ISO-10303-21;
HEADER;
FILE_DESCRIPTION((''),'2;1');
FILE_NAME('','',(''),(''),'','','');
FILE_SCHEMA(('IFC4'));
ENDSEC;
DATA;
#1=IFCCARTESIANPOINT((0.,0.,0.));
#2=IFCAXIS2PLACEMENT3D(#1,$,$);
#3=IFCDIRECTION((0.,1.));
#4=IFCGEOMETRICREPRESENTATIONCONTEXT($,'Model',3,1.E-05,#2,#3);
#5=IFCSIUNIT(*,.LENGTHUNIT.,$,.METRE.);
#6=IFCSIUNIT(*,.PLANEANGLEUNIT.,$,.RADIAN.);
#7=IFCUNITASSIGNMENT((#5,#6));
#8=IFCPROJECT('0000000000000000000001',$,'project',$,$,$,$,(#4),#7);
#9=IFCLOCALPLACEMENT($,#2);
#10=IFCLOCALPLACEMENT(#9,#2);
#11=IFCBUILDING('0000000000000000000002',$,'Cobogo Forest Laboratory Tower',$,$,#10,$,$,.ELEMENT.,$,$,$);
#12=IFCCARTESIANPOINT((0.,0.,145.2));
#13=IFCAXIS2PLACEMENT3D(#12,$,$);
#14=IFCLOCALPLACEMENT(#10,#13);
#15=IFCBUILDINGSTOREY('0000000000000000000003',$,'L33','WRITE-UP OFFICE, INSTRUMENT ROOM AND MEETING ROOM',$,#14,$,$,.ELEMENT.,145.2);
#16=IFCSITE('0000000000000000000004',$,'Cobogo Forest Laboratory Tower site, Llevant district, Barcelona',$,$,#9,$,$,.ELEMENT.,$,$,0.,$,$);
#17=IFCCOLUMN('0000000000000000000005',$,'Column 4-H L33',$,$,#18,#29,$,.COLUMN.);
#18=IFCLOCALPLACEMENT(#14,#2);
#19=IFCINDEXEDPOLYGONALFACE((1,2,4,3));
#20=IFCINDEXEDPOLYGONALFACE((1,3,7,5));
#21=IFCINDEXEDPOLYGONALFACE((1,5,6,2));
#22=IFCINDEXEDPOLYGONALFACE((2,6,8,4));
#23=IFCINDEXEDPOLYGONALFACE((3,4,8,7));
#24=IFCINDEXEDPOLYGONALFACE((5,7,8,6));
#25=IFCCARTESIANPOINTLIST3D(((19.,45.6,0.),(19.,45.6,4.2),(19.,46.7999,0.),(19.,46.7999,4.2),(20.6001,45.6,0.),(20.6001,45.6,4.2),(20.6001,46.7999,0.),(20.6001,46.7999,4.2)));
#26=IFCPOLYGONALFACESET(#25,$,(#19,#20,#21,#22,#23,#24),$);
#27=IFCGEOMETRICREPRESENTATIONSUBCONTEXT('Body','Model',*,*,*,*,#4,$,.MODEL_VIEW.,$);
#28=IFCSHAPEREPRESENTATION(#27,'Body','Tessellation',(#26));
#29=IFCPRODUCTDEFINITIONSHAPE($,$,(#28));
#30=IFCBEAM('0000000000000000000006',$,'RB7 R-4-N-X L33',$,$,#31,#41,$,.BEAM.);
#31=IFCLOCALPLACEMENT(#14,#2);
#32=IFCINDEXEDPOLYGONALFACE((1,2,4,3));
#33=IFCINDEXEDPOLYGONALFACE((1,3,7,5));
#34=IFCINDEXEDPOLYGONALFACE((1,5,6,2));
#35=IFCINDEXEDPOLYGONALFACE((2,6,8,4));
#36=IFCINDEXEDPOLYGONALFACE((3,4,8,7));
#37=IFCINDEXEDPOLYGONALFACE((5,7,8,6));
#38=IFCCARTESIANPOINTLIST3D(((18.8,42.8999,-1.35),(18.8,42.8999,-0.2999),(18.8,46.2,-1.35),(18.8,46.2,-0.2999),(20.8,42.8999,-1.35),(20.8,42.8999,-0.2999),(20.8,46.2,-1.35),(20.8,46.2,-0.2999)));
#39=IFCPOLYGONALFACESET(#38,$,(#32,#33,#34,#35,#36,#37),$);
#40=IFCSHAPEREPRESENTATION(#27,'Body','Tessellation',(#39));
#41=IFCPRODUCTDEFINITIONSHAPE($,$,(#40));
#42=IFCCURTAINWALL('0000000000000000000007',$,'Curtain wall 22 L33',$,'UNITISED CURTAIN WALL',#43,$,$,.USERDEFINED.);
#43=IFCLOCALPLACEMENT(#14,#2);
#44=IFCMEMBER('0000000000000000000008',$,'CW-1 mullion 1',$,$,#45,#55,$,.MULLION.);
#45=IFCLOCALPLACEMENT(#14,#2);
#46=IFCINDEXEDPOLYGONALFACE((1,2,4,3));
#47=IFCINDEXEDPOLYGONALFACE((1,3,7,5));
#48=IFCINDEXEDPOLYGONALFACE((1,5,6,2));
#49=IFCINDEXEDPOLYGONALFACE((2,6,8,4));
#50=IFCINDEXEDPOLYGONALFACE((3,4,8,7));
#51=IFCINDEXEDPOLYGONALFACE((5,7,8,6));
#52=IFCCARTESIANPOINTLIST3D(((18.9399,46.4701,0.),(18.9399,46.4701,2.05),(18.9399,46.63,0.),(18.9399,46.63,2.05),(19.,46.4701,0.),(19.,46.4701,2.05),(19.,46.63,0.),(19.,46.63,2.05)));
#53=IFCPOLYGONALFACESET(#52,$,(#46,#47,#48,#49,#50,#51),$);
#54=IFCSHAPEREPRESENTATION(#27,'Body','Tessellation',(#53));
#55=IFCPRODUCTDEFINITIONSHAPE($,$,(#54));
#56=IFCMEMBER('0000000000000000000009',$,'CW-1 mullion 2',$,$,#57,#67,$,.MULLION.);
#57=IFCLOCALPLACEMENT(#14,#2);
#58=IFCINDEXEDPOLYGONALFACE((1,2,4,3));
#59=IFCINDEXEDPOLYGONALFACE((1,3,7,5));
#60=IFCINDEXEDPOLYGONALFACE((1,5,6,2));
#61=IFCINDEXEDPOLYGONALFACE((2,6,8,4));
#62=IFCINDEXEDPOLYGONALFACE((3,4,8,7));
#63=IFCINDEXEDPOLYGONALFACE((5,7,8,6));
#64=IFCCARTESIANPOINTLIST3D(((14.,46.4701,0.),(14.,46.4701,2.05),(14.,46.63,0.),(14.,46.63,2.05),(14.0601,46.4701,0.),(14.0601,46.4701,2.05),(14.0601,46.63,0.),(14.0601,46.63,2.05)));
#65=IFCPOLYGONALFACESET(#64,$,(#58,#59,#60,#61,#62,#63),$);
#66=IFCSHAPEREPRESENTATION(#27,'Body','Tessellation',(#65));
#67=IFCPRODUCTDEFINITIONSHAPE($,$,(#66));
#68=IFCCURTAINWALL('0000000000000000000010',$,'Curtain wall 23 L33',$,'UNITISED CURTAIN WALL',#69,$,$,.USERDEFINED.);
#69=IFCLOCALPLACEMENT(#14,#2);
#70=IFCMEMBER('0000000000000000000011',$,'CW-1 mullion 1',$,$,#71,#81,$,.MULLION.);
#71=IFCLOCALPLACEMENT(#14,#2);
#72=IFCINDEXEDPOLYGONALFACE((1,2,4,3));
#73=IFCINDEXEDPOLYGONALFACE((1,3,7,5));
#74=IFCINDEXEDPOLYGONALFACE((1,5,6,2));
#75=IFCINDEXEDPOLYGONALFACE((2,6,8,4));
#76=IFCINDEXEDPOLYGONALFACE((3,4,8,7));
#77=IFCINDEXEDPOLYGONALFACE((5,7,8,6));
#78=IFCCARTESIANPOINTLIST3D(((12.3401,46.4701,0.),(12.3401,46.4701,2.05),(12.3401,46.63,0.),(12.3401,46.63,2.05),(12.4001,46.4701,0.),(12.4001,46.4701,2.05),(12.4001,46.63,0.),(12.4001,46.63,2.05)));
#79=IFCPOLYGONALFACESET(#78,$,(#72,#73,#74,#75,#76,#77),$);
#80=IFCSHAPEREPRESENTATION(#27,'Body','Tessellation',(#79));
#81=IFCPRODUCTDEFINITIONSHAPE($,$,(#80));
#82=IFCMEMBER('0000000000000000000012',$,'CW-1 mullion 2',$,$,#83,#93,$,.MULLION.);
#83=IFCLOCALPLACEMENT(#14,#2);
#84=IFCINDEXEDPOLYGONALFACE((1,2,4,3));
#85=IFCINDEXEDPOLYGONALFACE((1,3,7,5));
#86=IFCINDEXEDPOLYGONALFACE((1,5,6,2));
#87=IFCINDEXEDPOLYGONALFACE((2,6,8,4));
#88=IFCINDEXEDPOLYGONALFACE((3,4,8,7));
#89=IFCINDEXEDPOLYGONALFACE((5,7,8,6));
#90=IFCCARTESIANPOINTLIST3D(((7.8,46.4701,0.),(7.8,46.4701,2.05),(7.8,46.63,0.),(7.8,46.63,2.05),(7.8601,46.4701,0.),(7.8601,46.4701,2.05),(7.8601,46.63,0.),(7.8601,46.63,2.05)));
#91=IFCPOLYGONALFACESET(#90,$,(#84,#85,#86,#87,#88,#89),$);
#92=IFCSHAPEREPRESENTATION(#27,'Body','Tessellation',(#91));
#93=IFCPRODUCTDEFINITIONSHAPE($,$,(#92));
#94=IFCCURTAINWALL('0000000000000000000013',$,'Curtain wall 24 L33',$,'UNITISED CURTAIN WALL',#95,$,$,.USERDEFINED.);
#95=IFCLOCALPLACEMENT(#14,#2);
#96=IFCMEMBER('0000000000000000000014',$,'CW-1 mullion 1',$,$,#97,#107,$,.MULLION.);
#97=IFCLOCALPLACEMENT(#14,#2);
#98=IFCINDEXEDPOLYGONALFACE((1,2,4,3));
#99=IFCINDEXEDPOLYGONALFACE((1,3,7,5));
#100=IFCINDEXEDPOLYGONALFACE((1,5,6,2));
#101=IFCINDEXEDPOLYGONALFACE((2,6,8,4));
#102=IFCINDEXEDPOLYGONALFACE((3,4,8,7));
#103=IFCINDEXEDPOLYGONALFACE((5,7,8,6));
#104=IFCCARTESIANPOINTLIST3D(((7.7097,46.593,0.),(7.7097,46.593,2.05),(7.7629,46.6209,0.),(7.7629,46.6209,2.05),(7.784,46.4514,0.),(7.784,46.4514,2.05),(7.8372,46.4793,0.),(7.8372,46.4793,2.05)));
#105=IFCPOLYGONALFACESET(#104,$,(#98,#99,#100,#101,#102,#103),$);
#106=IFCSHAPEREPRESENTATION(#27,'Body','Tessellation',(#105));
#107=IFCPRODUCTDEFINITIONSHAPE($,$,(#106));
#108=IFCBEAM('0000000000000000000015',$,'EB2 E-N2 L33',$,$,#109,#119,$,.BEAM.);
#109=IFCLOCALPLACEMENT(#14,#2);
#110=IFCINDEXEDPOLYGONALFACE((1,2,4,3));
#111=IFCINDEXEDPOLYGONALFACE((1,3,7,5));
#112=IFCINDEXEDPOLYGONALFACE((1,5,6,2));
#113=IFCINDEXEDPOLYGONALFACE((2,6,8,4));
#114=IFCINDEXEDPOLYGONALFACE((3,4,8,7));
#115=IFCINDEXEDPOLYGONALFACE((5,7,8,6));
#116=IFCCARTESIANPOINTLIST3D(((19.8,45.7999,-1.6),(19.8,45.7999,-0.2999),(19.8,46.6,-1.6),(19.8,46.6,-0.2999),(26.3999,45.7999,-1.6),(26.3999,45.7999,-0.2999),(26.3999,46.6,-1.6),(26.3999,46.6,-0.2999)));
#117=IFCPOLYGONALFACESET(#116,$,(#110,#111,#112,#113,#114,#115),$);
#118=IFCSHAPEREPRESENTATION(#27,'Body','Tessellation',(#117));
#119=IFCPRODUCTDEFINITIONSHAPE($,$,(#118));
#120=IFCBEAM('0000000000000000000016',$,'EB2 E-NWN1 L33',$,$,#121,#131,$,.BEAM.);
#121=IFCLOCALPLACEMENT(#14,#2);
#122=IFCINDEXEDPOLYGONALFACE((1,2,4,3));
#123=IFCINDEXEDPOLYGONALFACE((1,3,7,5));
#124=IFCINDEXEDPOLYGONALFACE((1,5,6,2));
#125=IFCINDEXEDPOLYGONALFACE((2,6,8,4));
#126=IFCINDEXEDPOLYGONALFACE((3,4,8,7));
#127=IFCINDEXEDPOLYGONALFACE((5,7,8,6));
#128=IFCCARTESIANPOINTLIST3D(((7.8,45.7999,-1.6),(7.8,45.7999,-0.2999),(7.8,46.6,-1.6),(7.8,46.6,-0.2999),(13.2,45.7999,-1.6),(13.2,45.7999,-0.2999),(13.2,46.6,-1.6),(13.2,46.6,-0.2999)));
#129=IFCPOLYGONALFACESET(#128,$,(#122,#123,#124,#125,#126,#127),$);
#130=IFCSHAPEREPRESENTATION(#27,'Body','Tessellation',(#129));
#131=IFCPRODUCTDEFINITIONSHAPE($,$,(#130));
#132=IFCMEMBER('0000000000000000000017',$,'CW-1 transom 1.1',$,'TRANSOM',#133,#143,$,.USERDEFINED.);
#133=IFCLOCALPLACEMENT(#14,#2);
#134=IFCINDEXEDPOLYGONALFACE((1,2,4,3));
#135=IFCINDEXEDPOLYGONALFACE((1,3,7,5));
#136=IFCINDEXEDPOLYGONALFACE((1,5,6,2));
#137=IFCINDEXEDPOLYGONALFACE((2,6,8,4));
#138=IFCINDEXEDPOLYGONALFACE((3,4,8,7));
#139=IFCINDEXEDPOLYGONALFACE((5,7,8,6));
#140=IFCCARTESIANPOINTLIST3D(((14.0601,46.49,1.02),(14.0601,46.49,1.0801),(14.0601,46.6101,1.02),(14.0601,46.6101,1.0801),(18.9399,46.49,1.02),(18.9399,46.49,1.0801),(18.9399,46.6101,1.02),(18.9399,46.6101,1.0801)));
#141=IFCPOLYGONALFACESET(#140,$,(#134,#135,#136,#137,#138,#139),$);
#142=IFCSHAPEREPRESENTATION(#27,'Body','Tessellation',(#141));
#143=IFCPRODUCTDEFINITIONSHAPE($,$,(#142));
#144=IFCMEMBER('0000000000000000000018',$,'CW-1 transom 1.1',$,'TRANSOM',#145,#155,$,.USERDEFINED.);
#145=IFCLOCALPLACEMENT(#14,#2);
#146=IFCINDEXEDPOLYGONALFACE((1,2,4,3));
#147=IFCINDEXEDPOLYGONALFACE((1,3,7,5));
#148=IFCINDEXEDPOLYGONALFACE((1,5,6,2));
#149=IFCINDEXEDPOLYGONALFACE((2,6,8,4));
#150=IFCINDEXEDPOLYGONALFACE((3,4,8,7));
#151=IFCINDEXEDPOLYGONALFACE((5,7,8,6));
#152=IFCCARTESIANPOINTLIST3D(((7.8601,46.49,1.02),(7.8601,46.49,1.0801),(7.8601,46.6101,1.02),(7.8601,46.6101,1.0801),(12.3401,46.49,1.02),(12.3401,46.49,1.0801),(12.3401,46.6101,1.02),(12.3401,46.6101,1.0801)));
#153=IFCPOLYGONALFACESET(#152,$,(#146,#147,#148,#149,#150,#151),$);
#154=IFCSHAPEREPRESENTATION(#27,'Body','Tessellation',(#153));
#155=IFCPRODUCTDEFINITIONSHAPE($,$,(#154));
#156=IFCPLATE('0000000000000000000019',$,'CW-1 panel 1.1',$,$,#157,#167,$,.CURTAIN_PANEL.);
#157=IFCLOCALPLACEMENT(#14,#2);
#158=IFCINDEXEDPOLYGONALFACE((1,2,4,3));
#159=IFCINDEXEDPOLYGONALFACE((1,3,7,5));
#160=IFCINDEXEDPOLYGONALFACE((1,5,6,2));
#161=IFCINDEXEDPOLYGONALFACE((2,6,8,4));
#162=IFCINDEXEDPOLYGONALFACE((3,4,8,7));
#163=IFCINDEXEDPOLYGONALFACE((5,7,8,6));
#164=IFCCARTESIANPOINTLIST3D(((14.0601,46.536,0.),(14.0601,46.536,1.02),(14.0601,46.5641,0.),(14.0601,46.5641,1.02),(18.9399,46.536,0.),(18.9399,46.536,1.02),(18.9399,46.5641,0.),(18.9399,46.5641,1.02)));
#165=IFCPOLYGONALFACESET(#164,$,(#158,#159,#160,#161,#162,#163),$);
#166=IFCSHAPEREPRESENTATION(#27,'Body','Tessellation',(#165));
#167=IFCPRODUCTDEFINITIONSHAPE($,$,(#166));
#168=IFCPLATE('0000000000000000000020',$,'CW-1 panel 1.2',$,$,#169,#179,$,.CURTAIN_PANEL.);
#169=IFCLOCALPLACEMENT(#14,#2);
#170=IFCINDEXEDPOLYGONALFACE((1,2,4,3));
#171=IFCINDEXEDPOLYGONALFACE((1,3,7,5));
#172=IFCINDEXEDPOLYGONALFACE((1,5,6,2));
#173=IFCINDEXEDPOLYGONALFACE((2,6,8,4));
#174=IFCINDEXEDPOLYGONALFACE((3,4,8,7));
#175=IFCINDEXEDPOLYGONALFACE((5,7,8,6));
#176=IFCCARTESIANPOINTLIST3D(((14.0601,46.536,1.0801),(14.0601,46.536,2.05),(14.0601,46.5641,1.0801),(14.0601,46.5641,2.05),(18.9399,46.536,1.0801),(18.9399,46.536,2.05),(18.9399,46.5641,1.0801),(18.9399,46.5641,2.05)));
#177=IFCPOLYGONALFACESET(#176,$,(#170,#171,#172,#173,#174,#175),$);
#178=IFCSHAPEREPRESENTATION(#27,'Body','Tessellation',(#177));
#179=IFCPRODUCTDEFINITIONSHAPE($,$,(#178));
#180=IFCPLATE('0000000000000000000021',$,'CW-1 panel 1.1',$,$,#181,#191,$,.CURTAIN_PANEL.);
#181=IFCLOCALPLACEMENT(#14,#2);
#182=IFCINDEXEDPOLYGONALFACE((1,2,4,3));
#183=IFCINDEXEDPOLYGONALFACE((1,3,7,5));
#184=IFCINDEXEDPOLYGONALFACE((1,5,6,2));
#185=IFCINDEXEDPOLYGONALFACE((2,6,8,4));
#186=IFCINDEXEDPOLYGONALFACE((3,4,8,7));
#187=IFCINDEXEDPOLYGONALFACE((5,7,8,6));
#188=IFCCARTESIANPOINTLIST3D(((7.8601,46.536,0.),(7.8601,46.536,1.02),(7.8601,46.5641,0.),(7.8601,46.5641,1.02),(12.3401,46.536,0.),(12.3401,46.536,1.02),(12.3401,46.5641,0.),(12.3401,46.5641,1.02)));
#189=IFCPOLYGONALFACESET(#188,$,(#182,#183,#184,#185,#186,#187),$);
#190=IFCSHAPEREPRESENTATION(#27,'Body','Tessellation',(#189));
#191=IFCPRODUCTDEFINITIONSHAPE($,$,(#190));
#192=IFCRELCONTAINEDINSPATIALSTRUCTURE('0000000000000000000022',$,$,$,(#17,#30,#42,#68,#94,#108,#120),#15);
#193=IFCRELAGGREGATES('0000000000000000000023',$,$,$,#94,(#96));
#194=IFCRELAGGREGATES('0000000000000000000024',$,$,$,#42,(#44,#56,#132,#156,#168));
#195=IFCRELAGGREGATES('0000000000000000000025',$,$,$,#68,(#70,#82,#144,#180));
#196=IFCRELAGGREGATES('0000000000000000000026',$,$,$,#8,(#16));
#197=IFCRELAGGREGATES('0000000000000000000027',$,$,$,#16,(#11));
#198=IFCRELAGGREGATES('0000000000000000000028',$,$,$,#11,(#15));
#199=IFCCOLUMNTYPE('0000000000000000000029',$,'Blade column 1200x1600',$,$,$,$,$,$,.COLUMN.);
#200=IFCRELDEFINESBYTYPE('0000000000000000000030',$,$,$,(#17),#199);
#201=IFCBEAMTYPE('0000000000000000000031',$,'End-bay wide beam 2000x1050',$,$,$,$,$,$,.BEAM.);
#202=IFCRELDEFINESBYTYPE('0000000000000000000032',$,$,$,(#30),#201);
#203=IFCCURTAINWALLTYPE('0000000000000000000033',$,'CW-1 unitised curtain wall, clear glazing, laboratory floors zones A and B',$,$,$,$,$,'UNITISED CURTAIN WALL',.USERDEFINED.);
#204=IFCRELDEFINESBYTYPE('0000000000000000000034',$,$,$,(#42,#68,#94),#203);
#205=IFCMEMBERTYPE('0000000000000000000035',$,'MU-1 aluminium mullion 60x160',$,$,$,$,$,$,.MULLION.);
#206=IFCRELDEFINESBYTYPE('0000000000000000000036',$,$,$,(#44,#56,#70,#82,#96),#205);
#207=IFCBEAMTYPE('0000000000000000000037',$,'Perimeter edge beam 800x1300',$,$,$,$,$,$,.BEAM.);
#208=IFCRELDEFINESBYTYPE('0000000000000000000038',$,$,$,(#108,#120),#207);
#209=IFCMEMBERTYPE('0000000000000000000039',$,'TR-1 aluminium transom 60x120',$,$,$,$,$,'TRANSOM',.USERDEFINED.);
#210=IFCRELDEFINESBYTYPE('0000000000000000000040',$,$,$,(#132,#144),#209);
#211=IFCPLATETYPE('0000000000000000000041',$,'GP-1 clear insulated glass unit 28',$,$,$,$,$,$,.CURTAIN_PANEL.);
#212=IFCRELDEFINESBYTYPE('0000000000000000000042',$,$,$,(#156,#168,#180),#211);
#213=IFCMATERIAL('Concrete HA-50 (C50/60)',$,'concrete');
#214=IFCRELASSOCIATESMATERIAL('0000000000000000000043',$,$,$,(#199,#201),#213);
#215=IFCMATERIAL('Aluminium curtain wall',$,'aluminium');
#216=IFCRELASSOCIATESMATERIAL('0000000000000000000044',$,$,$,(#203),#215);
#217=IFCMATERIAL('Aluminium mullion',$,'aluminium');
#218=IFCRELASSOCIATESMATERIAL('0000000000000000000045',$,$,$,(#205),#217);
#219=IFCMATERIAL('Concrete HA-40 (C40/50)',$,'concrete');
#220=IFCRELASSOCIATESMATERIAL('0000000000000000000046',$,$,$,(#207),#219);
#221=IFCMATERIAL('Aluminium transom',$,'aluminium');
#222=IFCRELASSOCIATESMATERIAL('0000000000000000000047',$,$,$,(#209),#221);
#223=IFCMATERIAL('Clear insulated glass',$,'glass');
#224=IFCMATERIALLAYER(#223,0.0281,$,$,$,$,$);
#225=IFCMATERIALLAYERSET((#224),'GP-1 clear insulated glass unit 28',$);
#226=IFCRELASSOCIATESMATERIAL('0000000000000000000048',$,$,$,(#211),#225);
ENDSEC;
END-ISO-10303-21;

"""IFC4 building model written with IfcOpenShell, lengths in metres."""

from ifc_helpers import new_model, si_unit, direction, frame, origin, origin_2d, place, context, subcontext, project, spatial, rectangle, extrude, material, layer, layer_set, material_profile, profile_set, type_object, element, aggregate, save


model = new_model("IFC4")

# Units and contexts
model_context = context("Model", 3, precision=1e-05, world=origin(), true_north=direction((0.0, 1.0)))
body_context = subcontext(model_context, "Body", "Model", "MODEL_VIEW")
ifc_project = project(units=[si_unit("LENGTHUNIT", "METRE"), si_unit("PLANEANGLEUNIT", "RADIAN")], contexts=[model_context])

# Site, building, storey
site_placement = place(None, origin())
site = spatial("IfcSite", under=ifc_project, at=site_placement, Name="Cobogo Forest Laboratory Tower site, Llevant district, Barcelona", CompositionType="ELEMENT", RefElevation=0.0)
building_placement = place(site_placement, origin())
building = spatial("IfcBuilding", under=site, at=building_placement, Name="Cobogo Forest Laboratory Tower", CompositionType="ELEMENT")
storey_placement = place(building_placement, frame((0.0, 0.0, 145.2)))
storey = spatial("IfcBuildingStorey", under=building, at=storey_placement, Name="L33", Description="WRITE-UP OFFICE, INSTRUMENT ROOM AND MEETING ROOM", CompositionType="ELEMENT", Elevation=145.2)

# Column
ifc_material_1 = material(Name="Concrete HA-50 (C50/60)", Category="concrete")
ifc_material_profile_1 = material_profile(ifc_material_1, rectangle(XDim=1.6001, YDim=1.2, at=origin_2d()), Name="RC 1200x1600")
ifc_profile_set_1 = profile_set([ifc_material_profile_1], Name="Concrete HA-50 (C50/60)")
column_type = type_object("IfcColumnType", Name="Blade column 1200x1600", PredefinedType="COLUMN", material=ifc_profile_set_1)
column_placement = place(storey_placement, frame((19.8, 46.2, 0.0), z_axis=(0.0, 0.0, 1.0), x_axis=(1.0, 0.0, 0.0)))
element("IfcColumn", 1, at=column_placement, inside=storey, type_object=column_type, Name="Column 4-H L33", PredefinedType="COLUMN", context=body_context, shape_type="SweptSolid", body=[
    extrude(rectangle(XDim=1.6001, YDim=1.2, at=origin_2d()), origin(), (0.0, 0.0, 1.0), 4.2),
])

# Beam
ifc_material_profile_2 = material_profile(ifc_material_1, rectangle(XDim=2.0, YDim=1.05, at=origin_2d()), Name="RC 2000x1050")
ifc_profile_set_2 = profile_set([ifc_material_profile_2], Name="Concrete HA-50 (C50/60)")
beam_type_1 = type_object("IfcBeamType", Name="End-bay wide beam 2000x1050", PredefinedType="BEAM", material=ifc_profile_set_2)
beam_1_placement = place(storey_placement, frame((19.8, 46.2, -0.825), z_axis=(0.0, -1.0, 0.0), x_axis=(1.0, 0.0, 0.0)))
element("IfcBeam", 2, at=beam_1_placement, inside=storey, type_object=beam_type_1, Name="RB7 R-4-N-X L33", PredefinedType="BEAM", context=body_context, shape_type="SweptSolid", body=[
    extrude(rectangle(XDim=2.0, YDim=1.05, at=origin_2d()), origin(), (0.0, 0.0, 1.0), 3.3),
])

# Curtain walls, members
ifc_material_2 = material(Name="Aluminium curtain wall", Category="aluminium")
curtain_wall_type = type_object("IfcCurtainWallType", Name="CW-1 unitised curtain wall, clear glazing, laboratory floors zones A and B", ElementType="UNITISED CURTAIN WALL", PredefinedType="USERDEFINED", material=ifc_material_2)
curtain_wall_1_placement = place(storey_placement, origin())
curtain_wall_1 = element("IfcCurtainWall", 3, at=curtain_wall_1_placement, inside=storey, type_object=curtain_wall_type, Name="Curtain wall 22 L33", ObjectType="UNITISED CURTAIN WALL", PredefinedType="USERDEFINED")
ifc_material_3 = material(Name="Aluminium mullion", Category="aluminium")
ifc_material_profile_3 = material_profile(ifc_material_3, rectangle(XDim=0.0601, YDim=0.1599, at=origin_2d()), Name="AL 60x160")
ifc_profile_set_3 = profile_set([ifc_material_profile_3], Name="Aluminium mullion")
member_type_1 = type_object("IfcMemberType", Name="MU-1 aluminium mullion 60x160", PredefinedType="MULLION", material=ifc_profile_set_3)
member_1_placement = place(storey_placement, frame((18.97, 46.55, 0.0), z_axis=(0.0, 0.0, 1.0), x_axis=(-1.0, 0.0, 0.0)))
member_1 = element("IfcMember", 4, at=member_1_placement, type_object=member_type_1, Name="CW-1 mullion 1", PredefinedType="MULLION", context=body_context, shape_type="SweptSolid", body=[
    extrude(rectangle(XDim=0.0601, YDim=0.1599, at=origin_2d()), origin(), (0.0, 0.0, 1.0), 2.05),
])
member_2_placement = place(storey_placement, frame((14.03, 46.55, 0.0), z_axis=(0.0, 0.0, 1.0), x_axis=(-1.0, 0.0, 0.0)))
member_2 = element("IfcMember", 5, at=member_2_placement, type_object=member_type_1, Name="CW-1 mullion 2", PredefinedType="MULLION", context=body_context, shape_type="SweptSolid", body=[
    extrude(rectangle(XDim=0.0601, YDim=0.1599, at=origin_2d()), origin(), (0.0, 0.0, 1.0), 2.05),
])
curtain_wall_2_placement = place(storey_placement, origin())
curtain_wall_2 = element("IfcCurtainWall", 6, at=curtain_wall_2_placement, inside=storey, type_object=curtain_wall_type, Name="Curtain wall 23 L33", ObjectType="UNITISED CURTAIN WALL", PredefinedType="USERDEFINED")
member_3_placement = place(storey_placement, frame((12.3701, 46.55, 0.0), z_axis=(0.0, 0.0, 1.0), x_axis=(-1.0, 0.0, 0.0)))
member_3 = element("IfcMember", 7, at=member_3_placement, type_object=member_type_1, Name="CW-1 mullion 1", PredefinedType="MULLION", context=body_context, shape_type="SweptSolid", body=[
    extrude(rectangle(XDim=0.0601, YDim=0.1599, at=origin_2d()), origin(), (0.0, 0.0, 1.0), 2.05),
])
member_4_placement = place(storey_placement, frame((7.8301, 46.55, 0.0), z_axis=(0.0, 0.0, 1.0), x_axis=(-1.0, 0.0, 0.0)))
member_4 = element("IfcMember", 8, at=member_4_placement, type_object=member_type_1, Name="CW-1 mullion 2", PredefinedType="MULLION", context=body_context, shape_type="SweptSolid", body=[
    extrude(rectangle(XDim=0.0601, YDim=0.1599, at=origin_2d()), origin(), (0.0, 0.0, 1.0), 2.05),
])

# Curtain wall, member
curtain_wall_3_placement = place(storey_placement, origin())
curtain_wall_3 = element("IfcCurtainWall", 9, at=curtain_wall_3_placement, inside=storey, type_object=curtain_wall_type, Name="Curtain wall 24 L33", ObjectType="UNITISED CURTAIN WALL", PredefinedType="USERDEFINED")
member_5_placement = place(storey_placement, frame((7.7734, 46.5361, 0.0), z_axis=(0.0, 0.0, 1.0), x_axis=(-0.885687, -0.464284, 0.0)))
member_5 = element("IfcMember", 10, at=member_5_placement, type_object=member_type_1, Name="CW-1 mullion 1", PredefinedType="MULLION", context=body_context, shape_type="SweptSolid", body=[
    extrude(rectangle(XDim=0.0601, YDim=0.1599, at=origin_2d()), origin(), (0.0, 0.0, 1.0), 2.05),
])
aggregate(curtain_wall_3, [member_5])

# Beams
ifc_material_4 = material(Name="Concrete HA-40 (C40/50)", Category="concrete")
ifc_material_profile_4 = material_profile(ifc_material_4, rectangle(XDim=0.8, YDim=1.3, at=origin_2d()), Name="RC 800x1300")
ifc_profile_set_4 = profile_set([ifc_material_profile_4], Name="Concrete HA-40 (C40/50)")
beam_type_2 = type_object("IfcBeamType", Name="Perimeter edge beam 800x1300", PredefinedType="BEAM", material=ifc_profile_set_4)
beam_2_placement = place(storey_placement, frame((19.8, 46.2, -0.95), z_axis=(1.0, 0.0, 0.0), x_axis=(0.0, 1.0, 0.0)))
element("IfcBeam", 11, at=beam_2_placement, inside=storey, type_object=beam_type_2, Name="EB2 E-N2 L33", PredefinedType="BEAM", context=body_context, shape_type="SweptSolid", body=[
    extrude(rectangle(XDim=0.8, YDim=1.3, at=origin_2d()), origin(), (0.0, 0.0, 1.0), 6.5999),
])
beam_3_placement = place(storey_placement, frame((13.2, 46.2, -0.95), z_axis=(-1.0, 0.0, 0.0), x_axis=(0.0, -1.0, 0.0)))
element("IfcBeam", 12, at=beam_3_placement, inside=storey, type_object=beam_type_2, Name="EB2 E-NWN1 L33", PredefinedType="BEAM", context=body_context, shape_type="SweptSolid", body=[
    extrude(rectangle(XDim=0.8, YDim=1.3, at=origin_2d()), origin(), (0.0, 0.0, 1.0), 5.3999),
])

# Members
ifc_material_5 = material(Name="Aluminium transom", Category="aluminium")
ifc_material_profile_5 = material_profile(ifc_material_5, rectangle(XDim=0.1201, YDim=0.0601, at=origin_2d()), Name="AL 60x120")
ifc_profile_set_5 = profile_set([ifc_material_profile_5], Name="Aluminium transom")
member_type_2 = type_object("IfcMemberType", Name="TR-1 aluminium transom 60x120", ElementType="TRANSOM", PredefinedType="USERDEFINED", material=ifc_profile_set_5)
member_6_placement = place(storey_placement, frame((18.9399, 46.55, 1.05), z_axis=(-1.0, 0.0, 0.0), x_axis=(0.0, -1.0, 0.0)))
member_6 = element("IfcMember", 13, at=member_6_placement, type_object=member_type_2, Name="CW-1 transom 1.1", ObjectType="TRANSOM", PredefinedType="USERDEFINED", context=body_context, shape_type="SweptSolid", body=[
    extrude(rectangle(XDim=0.1201, YDim=0.0601, at=origin_2d()), origin(), (0.0, 0.0, 1.0), 4.8799),
])
member_7_placement = place(storey_placement, frame((12.3401, 46.55, 1.05), z_axis=(-1.0, 0.0, 0.0), x_axis=(0.0, -1.0, 0.0)))
member_7 = element("IfcMember", 14, at=member_7_placement, type_object=member_type_2, Name="CW-1 transom 1.1", ObjectType="TRANSOM", PredefinedType="USERDEFINED", context=body_context, shape_type="SweptSolid", body=[
    extrude(rectangle(XDim=0.1201, YDim=0.0601, at=origin_2d()), origin(), (0.0, 0.0, 1.0), 4.48),
])

# Plates
ifc_material_6 = material(Name="Clear insulated glass", Category="glass")
ifc_layer = layer(ifc_material_6, 0.0281)
ifc_layer_set = layer_set([ifc_layer], Name="GP-1 clear insulated glass unit 28")
plate_type_1 = type_object("IfcPlateType", Name="GP-1 clear insulated glass unit 28", PredefinedType="CURTAIN_PANEL", material=ifc_layer_set)
plate_1_placement = place(storey_placement, frame((16.5, 46.55, 0.0), z_axis=(0.0, 0.0, 1.0), x_axis=(-1.0, 0.0, 0.0)))
plate_1 = element("IfcPlate", 15, at=plate_1_placement, type_object=plate_type_1, Name="CW-1 panel 1.1", PredefinedType="CURTAIN_PANEL", context=body_context, shape_type="SweptSolid", body=[
    extrude(rectangle(XDim=4.8799, YDim=0.0281, at=origin_2d()), origin(), (0.0, 0.0, 1.0), 1.02),
])
plate_2_placement = place(storey_placement, frame((16.5, 46.55, 1.0801), z_axis=(0.0, 0.0, 1.0), x_axis=(-1.0, 0.0, 0.0)))
plate_2 = element("IfcPlate", 16, at=plate_2_placement, type_object=plate_type_1, Name="CW-1 panel 1.2", PredefinedType="CURTAIN_PANEL", context=body_context, shape_type="SweptSolid", body=[
    extrude(rectangle(XDim=4.8799, YDim=0.0281, at=origin_2d()), origin(), (0.0, 0.0, 1.0), 0.97),
])
aggregate(curtain_wall_1, [member_1, member_2, member_6, plate_1, plate_2])
plate_3_placement = place(storey_placement, frame((10.1001, 46.55, 0.0), z_axis=(0.0, 0.0, 1.0), x_axis=(-1.0, 0.0, 0.0)))
plate_3 = element("IfcPlate", 17, at=plate_3_placement, type_object=plate_type_1, Name="CW-1 panel 1.1", PredefinedType="CURTAIN_PANEL", context=body_context, shape_type="SweptSolid", body=[
    extrude(rectangle(XDim=4.48, YDim=0.0281, at=origin_2d()), origin(), (0.0, 0.0, 1.0), 1.02),
])
aggregate(curtain_wall_2, [member_3, member_4, member_7, plate_3])

save(model, "model.ifc")
